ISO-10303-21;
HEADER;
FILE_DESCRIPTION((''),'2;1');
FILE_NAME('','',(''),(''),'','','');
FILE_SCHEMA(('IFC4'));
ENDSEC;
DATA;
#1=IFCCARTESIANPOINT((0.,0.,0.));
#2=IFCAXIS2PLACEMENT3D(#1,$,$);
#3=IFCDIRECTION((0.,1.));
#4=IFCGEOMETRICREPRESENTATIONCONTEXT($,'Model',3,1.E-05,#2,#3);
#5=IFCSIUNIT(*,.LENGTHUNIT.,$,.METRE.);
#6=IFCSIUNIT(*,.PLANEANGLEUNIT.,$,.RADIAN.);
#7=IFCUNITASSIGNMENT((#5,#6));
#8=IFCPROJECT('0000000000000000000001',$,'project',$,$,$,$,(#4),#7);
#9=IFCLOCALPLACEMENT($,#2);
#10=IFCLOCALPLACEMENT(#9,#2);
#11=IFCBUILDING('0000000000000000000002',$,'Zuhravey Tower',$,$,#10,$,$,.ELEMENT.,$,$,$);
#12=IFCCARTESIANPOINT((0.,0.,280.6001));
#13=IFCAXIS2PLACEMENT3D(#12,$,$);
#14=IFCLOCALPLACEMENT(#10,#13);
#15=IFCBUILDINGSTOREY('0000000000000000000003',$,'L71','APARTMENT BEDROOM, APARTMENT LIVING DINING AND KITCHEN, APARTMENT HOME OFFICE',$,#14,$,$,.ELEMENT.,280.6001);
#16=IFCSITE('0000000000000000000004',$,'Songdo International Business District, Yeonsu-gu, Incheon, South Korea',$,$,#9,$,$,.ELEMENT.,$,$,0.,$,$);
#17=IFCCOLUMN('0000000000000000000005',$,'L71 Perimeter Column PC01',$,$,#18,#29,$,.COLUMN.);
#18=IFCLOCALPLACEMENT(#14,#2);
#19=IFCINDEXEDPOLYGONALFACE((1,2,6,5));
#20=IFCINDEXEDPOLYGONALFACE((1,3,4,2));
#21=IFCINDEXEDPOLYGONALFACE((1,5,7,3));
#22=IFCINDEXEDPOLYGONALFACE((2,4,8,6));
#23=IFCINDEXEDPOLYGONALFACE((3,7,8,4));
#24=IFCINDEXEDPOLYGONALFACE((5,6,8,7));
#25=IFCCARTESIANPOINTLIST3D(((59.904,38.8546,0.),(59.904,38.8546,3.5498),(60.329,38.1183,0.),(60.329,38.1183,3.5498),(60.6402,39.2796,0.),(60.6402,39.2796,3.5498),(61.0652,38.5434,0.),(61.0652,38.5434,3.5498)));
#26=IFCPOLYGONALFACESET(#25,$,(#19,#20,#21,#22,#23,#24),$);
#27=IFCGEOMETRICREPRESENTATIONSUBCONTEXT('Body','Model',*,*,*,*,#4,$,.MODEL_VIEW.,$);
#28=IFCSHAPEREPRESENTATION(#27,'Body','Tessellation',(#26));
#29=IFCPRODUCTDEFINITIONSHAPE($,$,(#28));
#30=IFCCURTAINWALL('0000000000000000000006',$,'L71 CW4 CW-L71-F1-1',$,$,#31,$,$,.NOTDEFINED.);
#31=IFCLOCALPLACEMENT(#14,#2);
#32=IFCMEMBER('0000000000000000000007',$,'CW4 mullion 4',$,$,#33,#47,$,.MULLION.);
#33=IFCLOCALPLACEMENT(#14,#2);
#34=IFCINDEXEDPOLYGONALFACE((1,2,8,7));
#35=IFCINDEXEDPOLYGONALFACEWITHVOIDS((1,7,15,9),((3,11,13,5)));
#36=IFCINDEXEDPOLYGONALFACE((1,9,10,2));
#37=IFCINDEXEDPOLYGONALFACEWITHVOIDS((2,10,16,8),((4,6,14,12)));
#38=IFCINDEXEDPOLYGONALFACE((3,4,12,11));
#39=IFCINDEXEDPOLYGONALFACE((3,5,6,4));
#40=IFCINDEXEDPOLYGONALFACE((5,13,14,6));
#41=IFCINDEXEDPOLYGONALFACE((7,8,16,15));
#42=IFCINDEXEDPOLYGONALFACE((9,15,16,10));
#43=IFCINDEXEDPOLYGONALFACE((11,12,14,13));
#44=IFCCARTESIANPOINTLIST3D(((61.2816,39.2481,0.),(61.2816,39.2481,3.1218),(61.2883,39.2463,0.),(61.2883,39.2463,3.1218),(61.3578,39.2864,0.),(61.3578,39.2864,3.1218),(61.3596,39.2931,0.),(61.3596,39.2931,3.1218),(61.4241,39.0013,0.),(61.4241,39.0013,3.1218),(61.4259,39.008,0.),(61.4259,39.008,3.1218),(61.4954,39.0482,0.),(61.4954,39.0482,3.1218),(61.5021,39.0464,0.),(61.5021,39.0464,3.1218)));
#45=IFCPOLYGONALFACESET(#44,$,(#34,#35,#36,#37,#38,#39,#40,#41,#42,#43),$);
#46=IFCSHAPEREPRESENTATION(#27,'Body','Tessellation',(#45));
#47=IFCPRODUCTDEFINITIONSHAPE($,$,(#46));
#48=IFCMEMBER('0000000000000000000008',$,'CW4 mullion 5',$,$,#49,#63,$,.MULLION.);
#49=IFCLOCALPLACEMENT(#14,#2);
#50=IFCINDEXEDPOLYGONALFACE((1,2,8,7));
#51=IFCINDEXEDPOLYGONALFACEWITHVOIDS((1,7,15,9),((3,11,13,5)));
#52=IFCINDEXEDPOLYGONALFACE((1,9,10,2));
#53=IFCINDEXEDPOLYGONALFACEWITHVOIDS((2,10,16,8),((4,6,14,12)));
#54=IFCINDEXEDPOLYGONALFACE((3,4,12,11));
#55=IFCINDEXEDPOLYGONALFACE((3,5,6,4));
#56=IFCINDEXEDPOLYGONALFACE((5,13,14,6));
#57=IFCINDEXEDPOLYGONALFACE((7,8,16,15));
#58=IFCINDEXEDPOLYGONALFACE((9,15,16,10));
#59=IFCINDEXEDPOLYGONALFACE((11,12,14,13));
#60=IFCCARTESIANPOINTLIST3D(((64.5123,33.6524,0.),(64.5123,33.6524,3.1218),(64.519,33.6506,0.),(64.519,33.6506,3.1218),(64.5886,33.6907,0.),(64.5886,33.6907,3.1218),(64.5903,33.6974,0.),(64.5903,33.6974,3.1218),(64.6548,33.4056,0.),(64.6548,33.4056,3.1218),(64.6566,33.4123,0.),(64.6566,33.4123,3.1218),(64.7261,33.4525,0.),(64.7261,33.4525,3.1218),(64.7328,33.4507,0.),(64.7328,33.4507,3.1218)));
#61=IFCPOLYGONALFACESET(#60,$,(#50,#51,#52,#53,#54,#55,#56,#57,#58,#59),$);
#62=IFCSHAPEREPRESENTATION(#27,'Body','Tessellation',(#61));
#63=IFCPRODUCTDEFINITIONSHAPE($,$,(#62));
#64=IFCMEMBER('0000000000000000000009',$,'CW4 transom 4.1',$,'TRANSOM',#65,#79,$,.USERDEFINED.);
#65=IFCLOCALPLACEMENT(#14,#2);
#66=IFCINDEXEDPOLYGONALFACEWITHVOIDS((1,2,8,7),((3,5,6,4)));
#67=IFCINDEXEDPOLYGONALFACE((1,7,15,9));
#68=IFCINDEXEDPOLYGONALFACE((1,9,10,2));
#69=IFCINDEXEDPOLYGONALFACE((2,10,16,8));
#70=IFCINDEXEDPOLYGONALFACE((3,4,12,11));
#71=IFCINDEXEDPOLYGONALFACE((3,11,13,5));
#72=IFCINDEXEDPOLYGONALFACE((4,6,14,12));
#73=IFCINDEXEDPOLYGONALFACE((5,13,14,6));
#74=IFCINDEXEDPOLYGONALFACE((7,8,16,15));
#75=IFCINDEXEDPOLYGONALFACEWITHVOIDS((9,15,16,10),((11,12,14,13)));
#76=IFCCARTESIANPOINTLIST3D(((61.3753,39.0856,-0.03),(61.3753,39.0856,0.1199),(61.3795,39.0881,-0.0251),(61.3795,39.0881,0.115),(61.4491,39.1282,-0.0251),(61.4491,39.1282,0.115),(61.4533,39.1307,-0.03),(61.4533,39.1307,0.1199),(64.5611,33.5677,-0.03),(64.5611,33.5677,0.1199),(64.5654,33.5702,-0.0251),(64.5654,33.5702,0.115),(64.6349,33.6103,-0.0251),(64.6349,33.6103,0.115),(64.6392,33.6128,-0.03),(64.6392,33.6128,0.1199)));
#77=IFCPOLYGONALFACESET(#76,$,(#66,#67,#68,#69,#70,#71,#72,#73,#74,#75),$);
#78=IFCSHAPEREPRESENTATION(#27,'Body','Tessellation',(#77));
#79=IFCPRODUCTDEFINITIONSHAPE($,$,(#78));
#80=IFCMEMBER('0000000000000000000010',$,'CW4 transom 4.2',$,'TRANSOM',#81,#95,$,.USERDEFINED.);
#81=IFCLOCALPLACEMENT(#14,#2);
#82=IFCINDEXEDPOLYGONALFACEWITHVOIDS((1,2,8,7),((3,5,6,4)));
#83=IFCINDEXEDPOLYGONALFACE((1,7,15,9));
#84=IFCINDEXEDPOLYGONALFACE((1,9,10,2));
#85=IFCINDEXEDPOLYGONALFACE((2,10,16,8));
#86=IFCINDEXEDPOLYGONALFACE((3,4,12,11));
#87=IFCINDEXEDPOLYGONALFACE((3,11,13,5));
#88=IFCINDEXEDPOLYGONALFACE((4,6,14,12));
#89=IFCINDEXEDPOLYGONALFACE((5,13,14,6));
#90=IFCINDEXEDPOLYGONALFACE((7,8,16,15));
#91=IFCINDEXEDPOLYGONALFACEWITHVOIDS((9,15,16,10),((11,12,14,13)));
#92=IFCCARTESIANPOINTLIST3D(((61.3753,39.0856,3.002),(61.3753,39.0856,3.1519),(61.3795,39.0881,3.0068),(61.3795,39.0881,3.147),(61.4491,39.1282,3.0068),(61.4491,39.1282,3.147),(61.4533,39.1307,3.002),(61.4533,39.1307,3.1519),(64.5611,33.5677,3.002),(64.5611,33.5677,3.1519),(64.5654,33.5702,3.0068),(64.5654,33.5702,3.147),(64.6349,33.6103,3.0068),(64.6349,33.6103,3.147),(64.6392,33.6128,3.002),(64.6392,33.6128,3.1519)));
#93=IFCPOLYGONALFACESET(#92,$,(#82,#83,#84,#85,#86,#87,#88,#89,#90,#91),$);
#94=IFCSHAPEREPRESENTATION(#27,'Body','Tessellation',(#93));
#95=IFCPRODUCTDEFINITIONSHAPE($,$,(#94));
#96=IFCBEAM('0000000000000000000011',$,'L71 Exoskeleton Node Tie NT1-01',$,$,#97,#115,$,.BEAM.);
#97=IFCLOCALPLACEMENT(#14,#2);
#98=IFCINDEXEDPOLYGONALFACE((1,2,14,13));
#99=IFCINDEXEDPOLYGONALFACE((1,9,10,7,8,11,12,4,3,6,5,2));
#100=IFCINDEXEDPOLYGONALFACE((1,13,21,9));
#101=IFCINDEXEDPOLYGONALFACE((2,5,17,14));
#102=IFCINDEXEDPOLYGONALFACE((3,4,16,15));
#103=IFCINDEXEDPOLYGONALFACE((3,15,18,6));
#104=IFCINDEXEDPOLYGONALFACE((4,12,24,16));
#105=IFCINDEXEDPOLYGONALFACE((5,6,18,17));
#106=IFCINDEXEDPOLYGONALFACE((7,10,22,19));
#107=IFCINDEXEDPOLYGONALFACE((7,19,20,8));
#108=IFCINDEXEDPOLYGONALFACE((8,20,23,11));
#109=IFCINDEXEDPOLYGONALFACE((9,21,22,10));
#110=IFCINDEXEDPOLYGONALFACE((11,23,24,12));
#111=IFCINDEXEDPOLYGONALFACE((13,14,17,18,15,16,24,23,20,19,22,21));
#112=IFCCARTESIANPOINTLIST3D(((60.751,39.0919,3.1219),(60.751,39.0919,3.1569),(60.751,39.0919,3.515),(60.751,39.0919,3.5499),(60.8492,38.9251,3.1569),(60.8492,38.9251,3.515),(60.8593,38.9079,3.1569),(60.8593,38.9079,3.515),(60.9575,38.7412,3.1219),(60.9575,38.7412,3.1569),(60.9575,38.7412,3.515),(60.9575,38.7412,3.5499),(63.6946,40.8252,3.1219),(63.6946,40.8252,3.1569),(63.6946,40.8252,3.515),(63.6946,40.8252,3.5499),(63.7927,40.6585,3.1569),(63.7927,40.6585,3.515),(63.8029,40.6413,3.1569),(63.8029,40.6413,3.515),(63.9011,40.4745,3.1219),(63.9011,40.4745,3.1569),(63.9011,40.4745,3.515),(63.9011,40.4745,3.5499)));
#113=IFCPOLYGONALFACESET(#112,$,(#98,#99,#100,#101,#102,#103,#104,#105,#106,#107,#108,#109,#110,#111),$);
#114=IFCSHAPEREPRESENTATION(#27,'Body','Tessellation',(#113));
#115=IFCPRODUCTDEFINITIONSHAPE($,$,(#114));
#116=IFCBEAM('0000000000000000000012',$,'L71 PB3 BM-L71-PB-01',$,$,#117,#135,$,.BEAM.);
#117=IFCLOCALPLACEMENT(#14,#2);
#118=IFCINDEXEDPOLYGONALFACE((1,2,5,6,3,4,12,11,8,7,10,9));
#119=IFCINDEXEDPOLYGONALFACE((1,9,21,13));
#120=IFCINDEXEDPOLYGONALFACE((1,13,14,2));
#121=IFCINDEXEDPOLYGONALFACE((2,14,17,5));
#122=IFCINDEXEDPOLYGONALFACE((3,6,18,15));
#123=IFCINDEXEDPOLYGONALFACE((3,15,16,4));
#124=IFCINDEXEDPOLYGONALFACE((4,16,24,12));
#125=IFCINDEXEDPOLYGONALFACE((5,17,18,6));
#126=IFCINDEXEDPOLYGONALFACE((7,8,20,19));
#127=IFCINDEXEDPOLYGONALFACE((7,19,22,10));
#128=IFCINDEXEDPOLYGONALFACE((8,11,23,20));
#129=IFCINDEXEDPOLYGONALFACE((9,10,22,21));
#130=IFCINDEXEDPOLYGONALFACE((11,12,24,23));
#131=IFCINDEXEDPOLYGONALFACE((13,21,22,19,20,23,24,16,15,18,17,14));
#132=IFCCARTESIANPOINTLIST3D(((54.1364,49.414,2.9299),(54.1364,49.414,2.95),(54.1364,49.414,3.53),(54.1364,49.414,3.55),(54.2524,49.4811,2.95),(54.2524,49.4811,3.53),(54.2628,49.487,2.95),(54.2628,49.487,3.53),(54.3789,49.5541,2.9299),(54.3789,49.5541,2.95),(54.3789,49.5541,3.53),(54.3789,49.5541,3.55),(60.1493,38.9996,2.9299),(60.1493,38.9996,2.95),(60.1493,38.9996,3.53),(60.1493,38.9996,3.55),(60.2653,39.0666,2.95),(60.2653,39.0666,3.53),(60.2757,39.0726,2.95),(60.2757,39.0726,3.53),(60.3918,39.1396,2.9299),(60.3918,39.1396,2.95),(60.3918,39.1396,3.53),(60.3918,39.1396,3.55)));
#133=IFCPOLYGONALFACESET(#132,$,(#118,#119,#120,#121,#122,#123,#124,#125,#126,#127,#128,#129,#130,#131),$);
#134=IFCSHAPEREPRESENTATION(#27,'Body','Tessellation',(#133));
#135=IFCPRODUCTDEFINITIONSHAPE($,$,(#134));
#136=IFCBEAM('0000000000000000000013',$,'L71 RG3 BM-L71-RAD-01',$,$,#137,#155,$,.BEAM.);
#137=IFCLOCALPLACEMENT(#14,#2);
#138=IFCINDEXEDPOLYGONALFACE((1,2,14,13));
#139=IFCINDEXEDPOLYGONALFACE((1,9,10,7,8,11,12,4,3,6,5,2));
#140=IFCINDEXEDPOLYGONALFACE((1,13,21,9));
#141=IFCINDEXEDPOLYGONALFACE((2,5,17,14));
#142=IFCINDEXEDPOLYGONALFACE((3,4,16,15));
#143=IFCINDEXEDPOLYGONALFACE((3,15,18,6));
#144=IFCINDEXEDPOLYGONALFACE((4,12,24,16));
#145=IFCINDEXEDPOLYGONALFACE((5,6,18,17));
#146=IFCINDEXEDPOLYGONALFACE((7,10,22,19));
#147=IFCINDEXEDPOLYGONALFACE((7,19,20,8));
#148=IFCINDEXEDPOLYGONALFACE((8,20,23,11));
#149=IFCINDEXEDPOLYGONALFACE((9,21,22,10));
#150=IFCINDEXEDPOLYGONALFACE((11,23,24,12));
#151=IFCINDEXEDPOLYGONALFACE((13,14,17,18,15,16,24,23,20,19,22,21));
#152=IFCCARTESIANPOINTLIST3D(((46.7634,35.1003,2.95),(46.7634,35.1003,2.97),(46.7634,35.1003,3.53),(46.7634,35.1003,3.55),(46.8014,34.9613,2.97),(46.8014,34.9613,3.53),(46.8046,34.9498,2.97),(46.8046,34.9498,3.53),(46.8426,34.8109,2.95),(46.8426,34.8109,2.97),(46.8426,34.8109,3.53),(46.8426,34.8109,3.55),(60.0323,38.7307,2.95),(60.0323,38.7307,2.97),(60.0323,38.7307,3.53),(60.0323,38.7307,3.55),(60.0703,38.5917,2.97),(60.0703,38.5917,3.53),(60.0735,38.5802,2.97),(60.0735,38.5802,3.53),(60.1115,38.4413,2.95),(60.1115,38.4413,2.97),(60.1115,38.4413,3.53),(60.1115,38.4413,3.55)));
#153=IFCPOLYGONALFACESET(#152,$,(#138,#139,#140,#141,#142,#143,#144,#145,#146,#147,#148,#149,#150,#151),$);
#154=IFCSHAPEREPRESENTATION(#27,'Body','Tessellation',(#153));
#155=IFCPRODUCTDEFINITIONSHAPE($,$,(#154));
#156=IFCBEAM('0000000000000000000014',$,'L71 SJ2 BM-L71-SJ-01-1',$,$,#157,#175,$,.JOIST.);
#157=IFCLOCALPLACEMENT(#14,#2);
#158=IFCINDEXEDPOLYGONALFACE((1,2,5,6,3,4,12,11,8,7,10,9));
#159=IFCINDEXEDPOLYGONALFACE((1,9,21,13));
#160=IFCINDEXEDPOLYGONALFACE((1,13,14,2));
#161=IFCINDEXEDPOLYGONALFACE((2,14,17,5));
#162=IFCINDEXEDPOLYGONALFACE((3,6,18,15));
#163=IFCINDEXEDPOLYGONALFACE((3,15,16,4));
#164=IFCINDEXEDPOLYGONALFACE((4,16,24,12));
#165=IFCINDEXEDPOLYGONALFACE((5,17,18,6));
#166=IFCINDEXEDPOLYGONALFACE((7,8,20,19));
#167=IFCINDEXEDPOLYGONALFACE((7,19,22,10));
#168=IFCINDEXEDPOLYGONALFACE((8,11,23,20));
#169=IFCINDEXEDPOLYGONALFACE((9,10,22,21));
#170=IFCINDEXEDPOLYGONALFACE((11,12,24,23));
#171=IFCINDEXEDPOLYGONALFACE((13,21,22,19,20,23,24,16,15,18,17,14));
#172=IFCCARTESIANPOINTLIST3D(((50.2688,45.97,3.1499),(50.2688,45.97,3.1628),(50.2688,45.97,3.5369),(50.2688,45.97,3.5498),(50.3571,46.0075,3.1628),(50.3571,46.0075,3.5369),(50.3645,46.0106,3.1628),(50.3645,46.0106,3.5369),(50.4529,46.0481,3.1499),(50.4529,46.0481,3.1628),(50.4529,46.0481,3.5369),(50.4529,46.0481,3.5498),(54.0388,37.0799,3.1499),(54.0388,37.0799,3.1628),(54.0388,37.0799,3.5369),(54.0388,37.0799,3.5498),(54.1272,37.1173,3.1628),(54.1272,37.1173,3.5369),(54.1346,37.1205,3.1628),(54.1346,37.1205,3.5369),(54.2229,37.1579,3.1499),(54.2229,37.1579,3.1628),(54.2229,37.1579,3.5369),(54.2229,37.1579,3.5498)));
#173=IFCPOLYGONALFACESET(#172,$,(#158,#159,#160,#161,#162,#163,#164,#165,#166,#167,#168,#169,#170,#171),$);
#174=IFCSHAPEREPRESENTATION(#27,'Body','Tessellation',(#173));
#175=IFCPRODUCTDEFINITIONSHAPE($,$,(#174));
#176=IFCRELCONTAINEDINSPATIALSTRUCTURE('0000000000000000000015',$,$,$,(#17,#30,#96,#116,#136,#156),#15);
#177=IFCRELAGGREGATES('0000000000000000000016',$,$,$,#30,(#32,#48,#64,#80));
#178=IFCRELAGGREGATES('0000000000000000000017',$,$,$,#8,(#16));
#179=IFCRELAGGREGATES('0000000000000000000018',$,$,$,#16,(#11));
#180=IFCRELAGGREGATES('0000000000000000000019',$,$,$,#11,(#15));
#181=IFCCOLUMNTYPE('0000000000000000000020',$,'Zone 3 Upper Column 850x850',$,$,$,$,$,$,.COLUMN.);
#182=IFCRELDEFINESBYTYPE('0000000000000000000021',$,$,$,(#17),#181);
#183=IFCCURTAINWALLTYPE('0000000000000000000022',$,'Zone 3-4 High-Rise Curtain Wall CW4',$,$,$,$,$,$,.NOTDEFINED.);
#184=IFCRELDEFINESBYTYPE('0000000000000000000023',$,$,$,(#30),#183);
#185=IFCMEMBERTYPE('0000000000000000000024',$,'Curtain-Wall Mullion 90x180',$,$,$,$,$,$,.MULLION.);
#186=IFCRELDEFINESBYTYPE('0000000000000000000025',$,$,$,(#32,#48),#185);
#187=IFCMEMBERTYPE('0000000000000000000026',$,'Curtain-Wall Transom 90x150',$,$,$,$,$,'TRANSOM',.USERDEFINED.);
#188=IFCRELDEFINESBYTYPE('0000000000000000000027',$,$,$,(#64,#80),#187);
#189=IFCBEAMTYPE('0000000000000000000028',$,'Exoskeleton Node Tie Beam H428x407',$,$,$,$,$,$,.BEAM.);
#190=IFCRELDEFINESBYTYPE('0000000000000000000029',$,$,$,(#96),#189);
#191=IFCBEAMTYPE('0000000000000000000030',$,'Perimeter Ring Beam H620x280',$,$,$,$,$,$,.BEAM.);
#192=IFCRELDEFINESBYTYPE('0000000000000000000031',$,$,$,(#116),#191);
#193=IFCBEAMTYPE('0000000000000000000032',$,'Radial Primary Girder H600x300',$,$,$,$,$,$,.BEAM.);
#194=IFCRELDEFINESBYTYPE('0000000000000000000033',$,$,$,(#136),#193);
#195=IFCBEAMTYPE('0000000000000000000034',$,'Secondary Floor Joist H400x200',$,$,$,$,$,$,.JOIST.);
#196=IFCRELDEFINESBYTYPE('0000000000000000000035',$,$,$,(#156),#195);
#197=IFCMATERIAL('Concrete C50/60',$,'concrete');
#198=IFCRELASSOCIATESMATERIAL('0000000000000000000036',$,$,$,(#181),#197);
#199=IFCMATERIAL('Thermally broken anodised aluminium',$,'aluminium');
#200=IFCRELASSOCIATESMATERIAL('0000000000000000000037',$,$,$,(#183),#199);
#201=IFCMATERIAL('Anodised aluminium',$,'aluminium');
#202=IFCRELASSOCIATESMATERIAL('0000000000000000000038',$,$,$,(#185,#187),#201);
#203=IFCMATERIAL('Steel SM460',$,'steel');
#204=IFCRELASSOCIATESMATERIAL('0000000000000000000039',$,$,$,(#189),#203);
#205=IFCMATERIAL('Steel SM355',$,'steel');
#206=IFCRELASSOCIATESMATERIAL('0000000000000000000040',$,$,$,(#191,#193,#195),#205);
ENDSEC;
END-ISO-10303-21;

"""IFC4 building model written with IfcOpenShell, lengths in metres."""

from ifc_helpers import new_model, si_unit, direction, frame, origin, origin_2d, place, context, subcontext, project, spatial, rectangle, hollow_rectangle, i_section, extrude, material, material_profile, profile_set, type_object, element, aggregate, save


model = new_model("IFC4")

# Units and contexts
model_context = context("Model", 3, precision=1e-05, world=origin(), true_north=direction((0.0, 1.0)))
body_context = subcontext(model_context, "Body", "Model", "MODEL_VIEW")
ifc_project = project(units=[si_unit("LENGTHUNIT", "METRE"), si_unit("PLANEANGLEUNIT", "RADIAN")], contexts=[model_context])

# Site, building, storey
site_placement = place(None, origin())
site = spatial("IfcSite", under=ifc_project, at=site_placement, Name="Songdo International Business District, Yeonsu-gu, Incheon, South Korea", CompositionType="ELEMENT", RefElevation=0.0)
building_placement = place(site_placement, origin())
building = spatial("IfcBuilding", under=site, at=building_placement, Name="Zuhravey Tower", CompositionType="ELEMENT")
storey_placement = place(building_placement, frame((0.0, 0.0, 280.6001)))
storey = spatial("IfcBuildingStorey", under=building, at=storey_placement, Name="L71", Description="APARTMENT BEDROOM, APARTMENT LIVING DINING AND KITCHEN, APARTMENT HOME OFFICE", CompositionType="ELEMENT", Elevation=280.6001)

# Column
ifc_material_1 = material(Name="Concrete C50/60", Category="concrete")
ifc_material_profile_1 = material_profile(ifc_material_1, rectangle(XDim=0.8501, YDim=0.8501, at=origin_2d()), Name="RC-850x850")
ifc_profile_set_1 = profile_set([ifc_material_profile_1], Name="Concrete C50/60")
column_type = type_object("IfcColumnType", Name="Zone 3 Upper Column 850x850", PredefinedType="COLUMN", material=ifc_profile_set_1)
column_placement = place(storey_placement, frame((60.4846, 38.699, 0.0), z_axis=(0.0, 0.0, 1.0), x_axis=(-0.5, 0.866025, 0.0)))
element("IfcColumn", 1, at=column_placement, inside=storey, type_object=column_type, Name="L71 Perimeter Column PC01", PredefinedType="COLUMN", context=body_context, shape_type="SweptSolid", body=[
    extrude(rectangle(XDim=0.8501, YDim=0.8501, at=origin_2d()), origin(), (0.0, 0.0, 1.0), 3.5498),
])

# Curtain wall, members
ifc_material_2 = material(Name="Thermally broken anodised aluminium", Category="aluminium")
curtain_wall_type = type_object("IfcCurtainWallType", Name="Zone 3-4 High-Rise Curtain Wall CW4", PredefinedType="NOTDEFINED", material=ifc_material_2)
curtain_wall_placement = place(storey_placement, origin())
curtain_wall = element("IfcCurtainWall", 2, at=curtain_wall_placement, inside=storey, type_object=curtain_wall_type, Name="L71 CW4 CW-L71-F1-1", PredefinedType="NOTDEFINED")
ifc_material_3 = material(Name="Anodised aluminium", Category="aluminium")
ifc_material_profile_2 = material_profile(ifc_material_3, hollow_rectangle(XDim=0.0901, YDim=0.2849, WallThickness=0.0049, at=origin_2d()), Name="ALU-RHS-90x285x5")
ifc_profile_set_2 = profile_set([ifc_material_profile_2], Name="Anodised aluminium")
member_type_1 = type_object("IfcMemberType", Name="Curtain-Wall Mullion 90x180", PredefinedType="MULLION", material=ifc_profile_set_2)
member_1_placement = place(storey_placement, frame((61.3918, 39.1472, 0.0), z_axis=(0.0, 0.0, 1.0), x_axis=(0.866025, 0.500001, 0.0)))
member_1 = element("IfcMember", 3, at=member_1_placement, type_object=member_type_1, Name="CW4 mullion 4", PredefinedType="MULLION", context=body_context, shape_type="SweptSolid", body=[
    extrude(hollow_rectangle(XDim=0.0901, YDim=0.2849, WallThickness=0.0049, at=origin_2d()), origin(), (0.0, 0.0, 1.0), 3.1218),
])
member_2_placement = place(storey_placement, frame((64.6226, 33.5515, 0.0), z_axis=(0.0, 0.0, 1.0), x_axis=(0.866025, 0.500001, 0.0)))
member_2 = element("IfcMember", 4, at=member_2_placement, type_object=member_type_1, Name="CW4 mullion 5", PredefinedType="MULLION", context=body_context, shape_type="SweptSolid", body=[
    extrude(hollow_rectangle(XDim=0.0901, YDim=0.2849, WallThickness=0.0049, at=origin_2d()), origin(), (0.0, 0.0, 1.0), 3.1218),
])
ifc_material_profile_3 = material_profile(ifc_material_3, hollow_rectangle(XDim=0.0901, YDim=0.1499, WallThickness=0.0049, at=origin_2d()), Name="ALU-RHS-90x150x5")
ifc_profile_set_3 = profile_set([ifc_material_profile_3], Name="Anodised aluminium")
member_type_2 = type_object("IfcMemberType", Name="Curtain-Wall Transom 90x150", ElementType="TRANSOM", PredefinedType="USERDEFINED", material=ifc_profile_set_3)
member_3_placement = place(storey_placement, frame((61.4143, 39.1082, 0.0449), z_axis=(0.500009, -0.86602, 0.0), x_axis=(0.86602, 0.500009, 0.0)))
member_3 = element("IfcMember", 5, at=member_3_placement, type_object=member_type_2, Name="CW4 transom 4.1", ObjectType="TRANSOM", PredefinedType="USERDEFINED", context=body_context, shape_type="SweptSolid", body=[
    extrude(hollow_rectangle(XDim=0.0901, YDim=0.1499, WallThickness=0.0049, at=origin_2d()), origin(), (0.0, 0.0, 1.0), 6.3716),
])
member_4_placement = place(storey_placement, frame((61.4143, 39.1082, 3.0769), z_axis=(0.500009, -0.86602, 0.0), x_axis=(0.86602, 0.500009, 0.0)))
member_4 = element("IfcMember", 6, at=member_4_placement, type_object=member_type_2, Name="CW4 transom 4.2", ObjectType="TRANSOM", PredefinedType="USERDEFINED", context=body_context, shape_type="SweptSolid", body=[
    extrude(hollow_rectangle(XDim=0.0901, YDim=0.1499, WallThickness=0.0049, at=origin_2d()), origin(), (0.0, 0.0, 1.0), 6.3716),
])

# Beams
ifc_material_4 = material(Name="Steel SM460", Category="steel")
ifc_material_profile_4 = material_profile(ifc_material_4, i_section(OverallWidth=0.407, OverallDepth=0.428, WebThickness=0.02, FlangeThickness=0.0349, at=origin_2d()), Name="H-428x407x20x35")
ifc_profile_set_4 = profile_set([ifc_material_profile_4], Name="Steel SM460")
beam_type_1 = type_object("IfcBeamType", Name="Exoskeleton Node Tie Beam H428x407", PredefinedType="BEAM", material=ifc_profile_set_4)
beam_1_placement = place(storey_placement, frame((60.8542, 38.9165, 3.3359), z_axis=(0.861695, 0.507426, 0.0), x_axis=(-0.507426, 0.861695, 0.0)))
element("IfcBeam", 7, at=beam_1_placement, inside=storey, type_object=beam_type_1, Name="L71 Exoskeleton Node Tie NT1-01", PredefinedType="BEAM", context=body_context, shape_type="SweptSolid", body=[
    extrude(i_section(OverallWidth=0.407, OverallDepth=0.428, WebThickness=0.02, FlangeThickness=0.0349, at=origin_2d()), origin(), (0.0, 0.0, 1.0), 3.416),
])
ifc_material_5 = material(Name="Steel SM355", Category="steel")
ifc_material_profile_5 = material_profile(ifc_material_5, i_section(OverallWidth=0.28, OverallDepth=0.6201, WebThickness=0.012, FlangeThickness=0.02, at=origin_2d()), Name="H-620x280x12x20")
ifc_profile_set_5 = profile_set([ifc_material_profile_5], Name="Steel SM355")
beam_type_2 = type_object("IfcBeamType", Name="Perimeter Ring Beam H620x280", PredefinedType="BEAM", material=ifc_profile_set_5)
beam_2_placement = place(storey_placement, frame((60.2705, 39.0696, 3.24), z_axis=(-0.500006, 0.866022, 0.0), x_axis=(-0.866022, -0.500006, 0.0)))
element("IfcBeam", 8, at=beam_2_placement, inside=storey, type_object=beam_type_2, Name="L71 PB3 BM-L71-PB-01", PredefinedType="BEAM", context=body_context, shape_type="SweptSolid", body=[
    extrude(i_section(OverallWidth=0.28, OverallDepth=0.6201, WebThickness=0.012, FlangeThickness=0.02, at=origin_2d()), origin(), (0.0, 0.0, 1.0), 12.0256),
])
ifc_material_profile_6 = material_profile(ifc_material_5, i_section(OverallWidth=0.3, OverallDepth=0.6001, WebThickness=0.012, FlangeThickness=0.02, at=origin_2d()), Name="H-600x300x12x20")
ifc_profile_set_6 = profile_set([ifc_material_profile_6], Name="Steel SM355")
beam_type_3 = type_object("IfcBeamType", Name="Radial Primary Girder H600x300", PredefinedType="BEAM", material=ifc_profile_set_6)
beam_3_placement = place(storey_placement, frame((46.803, 34.9556, 3.25), z_axis=(0.964549, 0.263903, 0.0), x_axis=(-0.263903, 0.964549, 0.0)))
element("IfcBeam", 9, at=beam_3_placement, inside=storey, type_object=beam_type_3, Name="L71 RG3 BM-L71-RAD-01", PredefinedType="BEAM", context=body_context, shape_type="SweptSolid", body=[
    extrude(i_section(OverallWidth=0.3, OverallDepth=0.6001, WebThickness=0.012, FlangeThickness=0.02, at=origin_2d()), origin(), (0.0, 0.0, 1.0), 13.7566),
])
ifc_material_profile_7 = material_profile(ifc_material_5, i_section(OverallWidth=0.2, OverallDepth=0.3999, WebThickness=0.0081, FlangeThickness=0.0129, at=origin_2d()), Name="H-400x200x8x13")
ifc_profile_set_7 = profile_set([ifc_material_profile_7], Name="Steel SM355")
beam_type_4 = type_object("IfcBeamType", Name="Secondary Floor Joist H400x200", PredefinedType="JOIST", material=ifc_profile_set_7)
beam_4_placement = place(storey_placement, frame((54.1309, 37.1189, 3.3499), z_axis=(-0.390413, 0.92064, 0.0), x_axis=(-0.92064, -0.390413, 0.0)))
element("IfcBeam", 10, at=beam_4_placement, inside=storey, type_object=beam_type_4, Name="L71 SJ2 BM-L71-SJ-01-1", PredefinedType="JOIST", context=body_context, shape_type="SweptSolid", body=[
    extrude(i_section(OverallWidth=0.2, OverallDepth=0.3999, WebThickness=0.0081, FlangeThickness=0.0129, at=origin_2d()), origin(), (0.0, 0.0, 1.0), 9.6565),
])

aggregate(curtain_wall, [member_1, member_2, member_3, member_4])

save(model, "model.ifc")
